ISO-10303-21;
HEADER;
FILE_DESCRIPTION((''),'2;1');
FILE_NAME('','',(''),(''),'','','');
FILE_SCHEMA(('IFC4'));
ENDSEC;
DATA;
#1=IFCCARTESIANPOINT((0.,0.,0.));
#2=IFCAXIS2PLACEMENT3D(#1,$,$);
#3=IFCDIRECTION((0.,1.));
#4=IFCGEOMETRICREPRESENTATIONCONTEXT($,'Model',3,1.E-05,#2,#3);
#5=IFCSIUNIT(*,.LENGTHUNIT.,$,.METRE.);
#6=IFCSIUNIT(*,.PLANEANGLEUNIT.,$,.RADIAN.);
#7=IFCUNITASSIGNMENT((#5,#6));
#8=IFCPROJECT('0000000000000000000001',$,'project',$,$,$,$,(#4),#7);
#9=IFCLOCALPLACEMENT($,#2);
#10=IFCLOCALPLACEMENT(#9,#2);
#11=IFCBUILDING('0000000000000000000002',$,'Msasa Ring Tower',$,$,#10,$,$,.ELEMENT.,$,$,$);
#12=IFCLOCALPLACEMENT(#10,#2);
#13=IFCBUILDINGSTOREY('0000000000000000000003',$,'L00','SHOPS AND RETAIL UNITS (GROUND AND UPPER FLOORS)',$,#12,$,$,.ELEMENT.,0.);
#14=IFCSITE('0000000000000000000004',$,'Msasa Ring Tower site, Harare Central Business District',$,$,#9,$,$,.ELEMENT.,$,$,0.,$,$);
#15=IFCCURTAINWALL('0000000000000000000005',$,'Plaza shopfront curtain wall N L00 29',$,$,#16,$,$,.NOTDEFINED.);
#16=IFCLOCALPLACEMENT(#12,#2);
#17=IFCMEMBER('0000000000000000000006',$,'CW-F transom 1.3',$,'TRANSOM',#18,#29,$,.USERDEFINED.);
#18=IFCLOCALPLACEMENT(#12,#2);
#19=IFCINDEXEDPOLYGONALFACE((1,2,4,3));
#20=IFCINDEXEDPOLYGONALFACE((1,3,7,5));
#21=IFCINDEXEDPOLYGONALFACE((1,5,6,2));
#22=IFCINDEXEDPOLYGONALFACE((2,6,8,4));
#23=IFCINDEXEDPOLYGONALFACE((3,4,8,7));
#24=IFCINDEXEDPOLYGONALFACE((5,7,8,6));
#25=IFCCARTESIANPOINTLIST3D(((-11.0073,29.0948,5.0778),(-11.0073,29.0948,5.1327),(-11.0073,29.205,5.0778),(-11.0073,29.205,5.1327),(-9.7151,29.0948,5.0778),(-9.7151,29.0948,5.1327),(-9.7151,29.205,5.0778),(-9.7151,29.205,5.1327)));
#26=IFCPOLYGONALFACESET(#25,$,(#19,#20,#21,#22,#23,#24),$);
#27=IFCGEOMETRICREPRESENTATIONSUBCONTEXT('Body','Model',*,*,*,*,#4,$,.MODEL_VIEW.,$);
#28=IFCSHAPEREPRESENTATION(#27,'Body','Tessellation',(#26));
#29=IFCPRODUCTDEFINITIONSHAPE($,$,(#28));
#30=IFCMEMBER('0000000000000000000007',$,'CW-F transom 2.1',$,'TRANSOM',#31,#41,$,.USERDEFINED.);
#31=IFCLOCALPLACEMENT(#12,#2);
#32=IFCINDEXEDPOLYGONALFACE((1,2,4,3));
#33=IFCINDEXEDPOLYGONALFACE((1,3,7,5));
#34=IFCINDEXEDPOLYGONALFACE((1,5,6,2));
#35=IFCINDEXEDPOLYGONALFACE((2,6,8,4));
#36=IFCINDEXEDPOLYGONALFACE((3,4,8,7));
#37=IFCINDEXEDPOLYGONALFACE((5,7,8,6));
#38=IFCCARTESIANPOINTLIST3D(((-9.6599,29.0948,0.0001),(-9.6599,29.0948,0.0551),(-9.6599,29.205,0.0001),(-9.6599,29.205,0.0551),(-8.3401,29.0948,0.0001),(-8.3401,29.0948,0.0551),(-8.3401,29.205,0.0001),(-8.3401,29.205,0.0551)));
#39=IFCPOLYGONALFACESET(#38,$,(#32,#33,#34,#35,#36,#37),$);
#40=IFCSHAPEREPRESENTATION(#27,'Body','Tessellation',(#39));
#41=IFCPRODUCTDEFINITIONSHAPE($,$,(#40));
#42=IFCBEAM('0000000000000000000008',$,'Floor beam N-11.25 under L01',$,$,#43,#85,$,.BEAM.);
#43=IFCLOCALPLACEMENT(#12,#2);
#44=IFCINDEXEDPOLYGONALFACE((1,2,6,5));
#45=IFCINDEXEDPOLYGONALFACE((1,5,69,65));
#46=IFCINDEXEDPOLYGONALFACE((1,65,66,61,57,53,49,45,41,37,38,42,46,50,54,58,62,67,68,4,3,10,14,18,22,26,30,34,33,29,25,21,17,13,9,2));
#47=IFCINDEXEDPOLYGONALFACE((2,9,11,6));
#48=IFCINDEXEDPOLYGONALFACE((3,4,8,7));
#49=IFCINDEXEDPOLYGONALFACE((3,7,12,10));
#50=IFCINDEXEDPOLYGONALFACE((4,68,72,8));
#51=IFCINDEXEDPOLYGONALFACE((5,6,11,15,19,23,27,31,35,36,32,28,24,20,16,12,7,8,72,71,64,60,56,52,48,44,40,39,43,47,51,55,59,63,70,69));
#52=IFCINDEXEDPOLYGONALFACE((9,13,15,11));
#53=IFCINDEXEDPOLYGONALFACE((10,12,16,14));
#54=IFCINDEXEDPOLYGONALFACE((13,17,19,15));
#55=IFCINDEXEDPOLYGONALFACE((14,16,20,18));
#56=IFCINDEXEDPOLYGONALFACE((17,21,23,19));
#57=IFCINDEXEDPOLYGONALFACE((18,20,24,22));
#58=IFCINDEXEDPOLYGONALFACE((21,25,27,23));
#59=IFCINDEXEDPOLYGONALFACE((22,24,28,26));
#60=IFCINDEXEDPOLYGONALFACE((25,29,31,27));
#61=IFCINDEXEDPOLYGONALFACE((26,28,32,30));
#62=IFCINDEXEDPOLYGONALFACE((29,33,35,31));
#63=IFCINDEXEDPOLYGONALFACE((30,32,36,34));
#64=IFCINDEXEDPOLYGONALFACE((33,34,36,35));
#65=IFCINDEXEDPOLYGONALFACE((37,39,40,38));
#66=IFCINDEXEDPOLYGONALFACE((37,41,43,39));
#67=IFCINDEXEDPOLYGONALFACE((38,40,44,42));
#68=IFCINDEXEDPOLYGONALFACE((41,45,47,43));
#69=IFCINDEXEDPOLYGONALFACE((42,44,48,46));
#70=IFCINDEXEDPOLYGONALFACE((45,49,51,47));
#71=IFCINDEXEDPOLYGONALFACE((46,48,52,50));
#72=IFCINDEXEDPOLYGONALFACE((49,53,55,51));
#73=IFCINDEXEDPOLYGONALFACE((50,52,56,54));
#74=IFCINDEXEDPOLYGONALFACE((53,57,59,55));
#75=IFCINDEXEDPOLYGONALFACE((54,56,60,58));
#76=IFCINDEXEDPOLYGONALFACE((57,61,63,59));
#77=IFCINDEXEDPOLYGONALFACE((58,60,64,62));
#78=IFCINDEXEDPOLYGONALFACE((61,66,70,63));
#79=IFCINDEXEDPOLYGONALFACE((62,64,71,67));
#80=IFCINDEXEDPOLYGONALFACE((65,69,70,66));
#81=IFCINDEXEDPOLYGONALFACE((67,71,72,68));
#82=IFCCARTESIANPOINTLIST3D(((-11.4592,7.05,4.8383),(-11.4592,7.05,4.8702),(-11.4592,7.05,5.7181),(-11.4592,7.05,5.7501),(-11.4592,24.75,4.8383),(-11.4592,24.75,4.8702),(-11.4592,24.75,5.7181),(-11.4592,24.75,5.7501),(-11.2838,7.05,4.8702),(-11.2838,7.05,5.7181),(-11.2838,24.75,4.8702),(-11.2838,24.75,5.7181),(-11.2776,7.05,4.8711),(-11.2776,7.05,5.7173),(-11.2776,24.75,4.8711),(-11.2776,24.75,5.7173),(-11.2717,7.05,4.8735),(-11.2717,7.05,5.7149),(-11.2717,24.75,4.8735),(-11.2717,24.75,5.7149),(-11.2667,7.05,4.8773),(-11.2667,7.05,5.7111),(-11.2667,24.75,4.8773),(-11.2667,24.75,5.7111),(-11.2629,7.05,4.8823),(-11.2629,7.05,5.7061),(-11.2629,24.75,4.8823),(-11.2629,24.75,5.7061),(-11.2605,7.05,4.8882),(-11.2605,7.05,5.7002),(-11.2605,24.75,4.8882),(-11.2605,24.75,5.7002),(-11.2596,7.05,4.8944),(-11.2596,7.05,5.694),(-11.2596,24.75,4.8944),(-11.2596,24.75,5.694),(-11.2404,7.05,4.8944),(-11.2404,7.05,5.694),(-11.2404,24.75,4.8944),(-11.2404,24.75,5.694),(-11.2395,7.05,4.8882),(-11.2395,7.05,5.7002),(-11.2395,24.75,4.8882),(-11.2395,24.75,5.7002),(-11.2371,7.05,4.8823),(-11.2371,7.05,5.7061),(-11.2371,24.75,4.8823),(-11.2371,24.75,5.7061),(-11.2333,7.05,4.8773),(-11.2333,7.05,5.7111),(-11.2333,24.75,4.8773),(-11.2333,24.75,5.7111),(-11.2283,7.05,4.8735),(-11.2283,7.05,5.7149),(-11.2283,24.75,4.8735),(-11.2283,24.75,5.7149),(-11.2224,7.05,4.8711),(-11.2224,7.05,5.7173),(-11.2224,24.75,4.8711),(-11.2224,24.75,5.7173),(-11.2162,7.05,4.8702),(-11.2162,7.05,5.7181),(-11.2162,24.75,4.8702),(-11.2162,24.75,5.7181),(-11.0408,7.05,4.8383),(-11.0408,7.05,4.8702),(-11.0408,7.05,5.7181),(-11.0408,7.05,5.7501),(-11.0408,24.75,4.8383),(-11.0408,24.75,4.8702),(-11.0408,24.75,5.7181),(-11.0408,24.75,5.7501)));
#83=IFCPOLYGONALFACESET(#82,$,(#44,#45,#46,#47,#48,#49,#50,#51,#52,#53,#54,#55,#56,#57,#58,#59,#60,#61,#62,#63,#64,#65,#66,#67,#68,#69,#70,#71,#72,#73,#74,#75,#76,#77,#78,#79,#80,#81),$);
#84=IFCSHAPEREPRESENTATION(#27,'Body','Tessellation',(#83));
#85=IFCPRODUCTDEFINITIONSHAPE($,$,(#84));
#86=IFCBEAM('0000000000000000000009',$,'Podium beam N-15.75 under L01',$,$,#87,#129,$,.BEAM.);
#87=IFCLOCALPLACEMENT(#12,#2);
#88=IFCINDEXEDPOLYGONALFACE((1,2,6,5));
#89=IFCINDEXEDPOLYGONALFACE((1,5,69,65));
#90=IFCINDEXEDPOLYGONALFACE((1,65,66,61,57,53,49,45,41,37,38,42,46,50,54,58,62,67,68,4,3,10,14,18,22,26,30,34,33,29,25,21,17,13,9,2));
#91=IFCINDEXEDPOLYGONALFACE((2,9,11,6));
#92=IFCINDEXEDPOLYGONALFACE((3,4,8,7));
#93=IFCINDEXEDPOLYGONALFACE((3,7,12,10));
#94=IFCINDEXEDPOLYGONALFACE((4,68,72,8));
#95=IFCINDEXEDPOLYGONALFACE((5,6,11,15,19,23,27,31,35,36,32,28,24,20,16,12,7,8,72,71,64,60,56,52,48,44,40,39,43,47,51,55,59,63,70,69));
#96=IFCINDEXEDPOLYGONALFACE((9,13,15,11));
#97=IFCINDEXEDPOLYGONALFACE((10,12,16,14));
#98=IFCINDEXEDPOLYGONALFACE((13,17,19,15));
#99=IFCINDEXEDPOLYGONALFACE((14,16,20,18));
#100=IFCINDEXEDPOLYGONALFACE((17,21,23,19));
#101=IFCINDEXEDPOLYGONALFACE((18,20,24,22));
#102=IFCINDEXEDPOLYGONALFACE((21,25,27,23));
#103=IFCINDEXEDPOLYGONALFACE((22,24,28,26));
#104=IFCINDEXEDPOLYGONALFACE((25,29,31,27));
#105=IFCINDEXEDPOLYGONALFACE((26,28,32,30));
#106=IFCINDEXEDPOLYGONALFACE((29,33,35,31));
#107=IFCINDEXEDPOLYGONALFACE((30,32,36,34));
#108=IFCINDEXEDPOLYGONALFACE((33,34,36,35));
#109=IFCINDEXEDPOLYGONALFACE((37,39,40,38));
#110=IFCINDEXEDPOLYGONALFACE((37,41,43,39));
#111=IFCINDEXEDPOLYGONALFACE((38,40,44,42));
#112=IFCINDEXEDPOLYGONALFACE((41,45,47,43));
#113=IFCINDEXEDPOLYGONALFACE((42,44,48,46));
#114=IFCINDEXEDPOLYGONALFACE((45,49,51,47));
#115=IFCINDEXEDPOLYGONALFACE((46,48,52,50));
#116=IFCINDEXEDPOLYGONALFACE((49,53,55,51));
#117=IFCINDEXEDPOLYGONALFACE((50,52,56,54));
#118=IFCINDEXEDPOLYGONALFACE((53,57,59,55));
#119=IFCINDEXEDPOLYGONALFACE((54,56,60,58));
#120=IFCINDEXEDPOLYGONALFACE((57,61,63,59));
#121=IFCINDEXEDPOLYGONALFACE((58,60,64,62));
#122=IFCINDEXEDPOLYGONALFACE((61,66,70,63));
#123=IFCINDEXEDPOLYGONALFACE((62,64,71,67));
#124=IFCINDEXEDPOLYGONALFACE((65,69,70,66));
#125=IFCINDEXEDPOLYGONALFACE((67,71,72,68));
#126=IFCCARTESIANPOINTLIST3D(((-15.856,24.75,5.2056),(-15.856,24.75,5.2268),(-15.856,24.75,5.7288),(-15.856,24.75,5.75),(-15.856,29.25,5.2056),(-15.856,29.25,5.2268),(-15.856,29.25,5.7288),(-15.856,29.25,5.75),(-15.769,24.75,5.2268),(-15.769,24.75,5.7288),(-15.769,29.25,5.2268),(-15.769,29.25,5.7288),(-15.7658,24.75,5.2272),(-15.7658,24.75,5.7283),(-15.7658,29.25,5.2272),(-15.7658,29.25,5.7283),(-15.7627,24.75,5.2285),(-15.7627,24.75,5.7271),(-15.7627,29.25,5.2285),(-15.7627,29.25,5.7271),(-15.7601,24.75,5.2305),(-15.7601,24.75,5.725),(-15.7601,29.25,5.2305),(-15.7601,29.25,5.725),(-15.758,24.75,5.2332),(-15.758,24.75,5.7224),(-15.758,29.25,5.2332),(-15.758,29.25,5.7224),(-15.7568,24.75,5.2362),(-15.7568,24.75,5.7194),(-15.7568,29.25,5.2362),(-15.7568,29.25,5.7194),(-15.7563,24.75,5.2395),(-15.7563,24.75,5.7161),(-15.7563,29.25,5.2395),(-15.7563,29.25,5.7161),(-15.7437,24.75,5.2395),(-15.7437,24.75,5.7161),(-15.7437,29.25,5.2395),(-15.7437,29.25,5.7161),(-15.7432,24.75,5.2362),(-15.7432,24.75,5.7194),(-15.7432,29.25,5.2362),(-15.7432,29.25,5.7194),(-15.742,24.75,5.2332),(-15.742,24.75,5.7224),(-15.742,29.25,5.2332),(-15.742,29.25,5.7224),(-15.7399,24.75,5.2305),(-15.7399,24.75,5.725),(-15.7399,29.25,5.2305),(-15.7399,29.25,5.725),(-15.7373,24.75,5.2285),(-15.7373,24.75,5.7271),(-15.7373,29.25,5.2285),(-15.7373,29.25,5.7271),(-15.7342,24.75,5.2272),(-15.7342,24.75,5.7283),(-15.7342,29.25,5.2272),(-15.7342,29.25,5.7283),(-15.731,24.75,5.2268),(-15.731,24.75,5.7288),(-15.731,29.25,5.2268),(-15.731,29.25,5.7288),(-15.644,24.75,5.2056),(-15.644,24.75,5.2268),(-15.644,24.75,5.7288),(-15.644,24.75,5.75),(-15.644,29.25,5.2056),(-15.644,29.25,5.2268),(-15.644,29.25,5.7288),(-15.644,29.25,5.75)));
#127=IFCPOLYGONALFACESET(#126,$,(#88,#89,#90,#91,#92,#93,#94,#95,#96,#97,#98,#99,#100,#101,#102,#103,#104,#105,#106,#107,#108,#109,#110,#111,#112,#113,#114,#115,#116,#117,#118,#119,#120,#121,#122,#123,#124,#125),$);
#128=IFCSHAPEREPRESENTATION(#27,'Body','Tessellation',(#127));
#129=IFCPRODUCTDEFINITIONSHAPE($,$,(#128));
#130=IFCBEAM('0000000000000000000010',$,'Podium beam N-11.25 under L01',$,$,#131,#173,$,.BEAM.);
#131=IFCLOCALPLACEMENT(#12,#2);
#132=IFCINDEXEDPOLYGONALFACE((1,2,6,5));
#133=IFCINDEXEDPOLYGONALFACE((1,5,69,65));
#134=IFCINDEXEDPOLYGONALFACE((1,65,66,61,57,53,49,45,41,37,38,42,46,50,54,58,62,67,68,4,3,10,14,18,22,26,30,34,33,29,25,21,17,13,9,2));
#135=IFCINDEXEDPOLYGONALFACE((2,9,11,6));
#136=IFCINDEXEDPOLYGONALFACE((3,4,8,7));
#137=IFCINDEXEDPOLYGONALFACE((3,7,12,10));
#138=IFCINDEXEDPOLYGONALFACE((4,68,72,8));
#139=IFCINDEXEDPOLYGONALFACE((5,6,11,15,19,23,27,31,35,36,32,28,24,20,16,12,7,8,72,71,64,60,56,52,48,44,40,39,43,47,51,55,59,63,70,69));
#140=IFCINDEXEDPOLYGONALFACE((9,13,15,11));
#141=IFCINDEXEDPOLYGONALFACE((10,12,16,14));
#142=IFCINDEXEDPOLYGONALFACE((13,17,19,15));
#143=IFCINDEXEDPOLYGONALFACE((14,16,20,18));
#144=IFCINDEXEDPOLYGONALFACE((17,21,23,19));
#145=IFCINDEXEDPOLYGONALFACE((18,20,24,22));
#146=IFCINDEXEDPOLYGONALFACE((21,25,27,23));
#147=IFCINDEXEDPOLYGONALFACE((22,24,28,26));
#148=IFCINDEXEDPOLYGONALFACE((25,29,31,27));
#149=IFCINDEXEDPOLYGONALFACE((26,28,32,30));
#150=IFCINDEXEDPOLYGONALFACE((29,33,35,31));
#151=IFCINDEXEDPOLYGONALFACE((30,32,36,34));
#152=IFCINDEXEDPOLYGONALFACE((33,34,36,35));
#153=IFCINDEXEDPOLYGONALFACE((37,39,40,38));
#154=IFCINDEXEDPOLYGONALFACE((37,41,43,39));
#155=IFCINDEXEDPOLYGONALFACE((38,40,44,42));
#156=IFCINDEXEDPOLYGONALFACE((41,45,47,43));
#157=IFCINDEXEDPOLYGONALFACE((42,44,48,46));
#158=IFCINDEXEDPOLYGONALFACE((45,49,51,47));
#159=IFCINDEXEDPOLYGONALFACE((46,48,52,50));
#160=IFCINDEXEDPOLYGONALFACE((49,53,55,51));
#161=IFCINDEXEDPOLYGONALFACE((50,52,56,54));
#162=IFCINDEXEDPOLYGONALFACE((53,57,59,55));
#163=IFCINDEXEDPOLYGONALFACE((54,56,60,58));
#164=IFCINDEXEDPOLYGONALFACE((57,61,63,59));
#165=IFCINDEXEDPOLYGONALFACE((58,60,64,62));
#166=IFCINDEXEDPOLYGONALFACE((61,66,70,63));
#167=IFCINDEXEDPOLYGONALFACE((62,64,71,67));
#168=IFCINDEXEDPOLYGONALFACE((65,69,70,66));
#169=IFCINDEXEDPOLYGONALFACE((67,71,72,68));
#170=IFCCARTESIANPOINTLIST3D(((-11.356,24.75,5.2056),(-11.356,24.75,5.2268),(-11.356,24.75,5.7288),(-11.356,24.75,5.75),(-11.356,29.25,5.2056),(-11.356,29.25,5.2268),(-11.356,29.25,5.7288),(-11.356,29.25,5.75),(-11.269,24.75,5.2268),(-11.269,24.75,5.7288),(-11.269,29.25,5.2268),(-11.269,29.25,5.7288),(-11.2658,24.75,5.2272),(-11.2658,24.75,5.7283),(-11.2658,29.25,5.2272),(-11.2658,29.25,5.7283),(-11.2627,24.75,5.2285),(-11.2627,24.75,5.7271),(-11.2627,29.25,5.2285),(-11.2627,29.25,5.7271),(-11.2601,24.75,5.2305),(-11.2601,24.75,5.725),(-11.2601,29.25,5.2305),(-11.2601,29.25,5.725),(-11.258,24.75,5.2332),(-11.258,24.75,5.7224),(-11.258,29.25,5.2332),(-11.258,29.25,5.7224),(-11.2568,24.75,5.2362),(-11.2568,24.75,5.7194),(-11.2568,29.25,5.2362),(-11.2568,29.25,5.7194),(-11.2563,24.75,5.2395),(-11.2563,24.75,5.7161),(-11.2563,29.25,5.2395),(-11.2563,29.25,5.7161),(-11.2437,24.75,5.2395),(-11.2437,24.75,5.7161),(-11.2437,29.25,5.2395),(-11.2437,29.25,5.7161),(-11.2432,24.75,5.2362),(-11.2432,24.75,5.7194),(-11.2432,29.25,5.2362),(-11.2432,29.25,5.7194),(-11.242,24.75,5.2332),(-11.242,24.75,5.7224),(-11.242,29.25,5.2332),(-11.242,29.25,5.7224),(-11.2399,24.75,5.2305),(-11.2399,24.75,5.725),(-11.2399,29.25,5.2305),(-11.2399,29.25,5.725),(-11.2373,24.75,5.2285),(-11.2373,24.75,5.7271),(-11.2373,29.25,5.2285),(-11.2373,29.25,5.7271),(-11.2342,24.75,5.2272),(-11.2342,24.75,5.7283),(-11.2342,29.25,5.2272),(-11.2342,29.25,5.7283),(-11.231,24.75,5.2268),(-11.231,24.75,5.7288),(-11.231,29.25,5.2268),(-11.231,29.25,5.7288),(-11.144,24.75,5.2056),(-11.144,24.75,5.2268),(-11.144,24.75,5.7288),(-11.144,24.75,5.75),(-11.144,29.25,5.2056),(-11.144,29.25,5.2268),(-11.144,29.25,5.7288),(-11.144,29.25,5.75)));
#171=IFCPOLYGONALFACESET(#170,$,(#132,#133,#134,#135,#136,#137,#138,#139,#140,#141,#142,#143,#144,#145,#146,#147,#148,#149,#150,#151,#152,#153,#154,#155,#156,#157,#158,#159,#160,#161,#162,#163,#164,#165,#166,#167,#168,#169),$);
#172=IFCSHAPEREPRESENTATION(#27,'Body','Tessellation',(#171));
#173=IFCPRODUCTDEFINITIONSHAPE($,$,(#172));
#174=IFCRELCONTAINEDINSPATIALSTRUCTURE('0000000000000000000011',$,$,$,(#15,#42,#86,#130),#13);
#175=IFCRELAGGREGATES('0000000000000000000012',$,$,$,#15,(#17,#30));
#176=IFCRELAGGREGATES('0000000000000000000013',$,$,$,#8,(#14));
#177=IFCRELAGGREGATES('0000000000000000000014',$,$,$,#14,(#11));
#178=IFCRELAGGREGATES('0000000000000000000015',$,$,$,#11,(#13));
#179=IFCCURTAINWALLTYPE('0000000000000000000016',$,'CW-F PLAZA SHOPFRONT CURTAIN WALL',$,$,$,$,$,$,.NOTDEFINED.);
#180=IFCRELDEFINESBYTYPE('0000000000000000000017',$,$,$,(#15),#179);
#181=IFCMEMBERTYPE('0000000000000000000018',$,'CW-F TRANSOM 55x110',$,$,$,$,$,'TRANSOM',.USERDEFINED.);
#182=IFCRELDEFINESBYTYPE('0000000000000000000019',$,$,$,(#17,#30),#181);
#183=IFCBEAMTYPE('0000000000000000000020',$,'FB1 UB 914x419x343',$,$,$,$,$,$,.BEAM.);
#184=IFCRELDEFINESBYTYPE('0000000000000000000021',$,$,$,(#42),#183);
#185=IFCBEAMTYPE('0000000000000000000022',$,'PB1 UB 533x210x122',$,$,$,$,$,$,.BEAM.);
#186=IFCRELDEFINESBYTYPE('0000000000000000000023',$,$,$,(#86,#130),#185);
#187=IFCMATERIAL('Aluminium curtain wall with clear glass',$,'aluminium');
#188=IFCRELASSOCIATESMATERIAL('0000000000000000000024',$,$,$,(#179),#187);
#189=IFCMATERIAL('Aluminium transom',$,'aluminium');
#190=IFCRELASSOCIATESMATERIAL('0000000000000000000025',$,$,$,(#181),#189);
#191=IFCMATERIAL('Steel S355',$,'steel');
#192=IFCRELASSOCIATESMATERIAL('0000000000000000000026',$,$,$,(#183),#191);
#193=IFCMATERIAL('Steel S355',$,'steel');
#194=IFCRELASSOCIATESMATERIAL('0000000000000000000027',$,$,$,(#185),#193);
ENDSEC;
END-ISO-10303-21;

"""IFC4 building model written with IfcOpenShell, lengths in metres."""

from ifc_helpers import new_model, si_unit, direction, frame, origin, origin_2d, place, context, subcontext, project, spatial, rectangle, i_section, extrude, material, material_profile, profile_set, type_object, element, aggregate, save


model = new_model("IFC4")

# Units and contexts
model_context = context("Model", 3, precision=1e-05, world=origin(), true_north=direction((0.0, 1.0)))
body_context = subcontext(model_context, "Body", "Model", "MODEL_VIEW")
ifc_project = project(units=[si_unit("LENGTHUNIT", "METRE"), si_unit("PLANEANGLEUNIT", "RADIAN")], contexts=[model_context])

# Site, building, storey
site_placement = place(None, origin())
site = spatial("IfcSite", under=ifc_project, at=site_placement, Name="Msasa Ring Tower site, Harare Central Business District", CompositionType="ELEMENT", RefElevation=0.0)
building_placement = place(site_placement, origin())
building = spatial("IfcBuilding", under=site, at=building_placement, Name="Msasa Ring Tower", CompositionType="ELEMENT")
storey_placement = place(building_placement, origin())
storey = spatial("IfcBuildingStorey", under=building, at=storey_placement, Name="L00", Description="SHOPS AND RETAIL UNITS (GROUND AND UPPER FLOORS)", CompositionType="ELEMENT", Elevation=0.0)

# Curtain wall
ifc_material_1 = material(Name="Aluminium curtain wall with clear glass", Category="aluminium")
curtain_wall_type = type_object("IfcCurtainWallType", Name="CW-F PLAZA SHOPFRONT CURTAIN WALL", PredefinedType="NOTDEFINED", material=ifc_material_1)
curtain_wall_1_placement = place(storey_placement, origin())
curtain_wall_1 = element("IfcCurtainWall", 1, at=curtain_wall_1_placement, inside=storey, type_object=curtain_wall_type, Name="Plaza shopfront curtain wall N L00 29", PredefinedType="NOTDEFINED")

# Members
ifc_material_2 = material(Name="Aluminium transom", Category="aluminium")
ifc_material_profile_1 = material_profile(ifc_material_2, rectangle(XDim=0.1101, YDim=0.0549, at=origin_2d()), Name="AL 55x110")
ifc_profile_set_1 = profile_set([ifc_material_profile_1], Name="Aluminium transom")
member_type_1 = type_object("IfcMemberType", Name="CW-F TRANSOM 55x110", ElementType="TRANSOM", PredefinedType="USERDEFINED", material=ifc_profile_set_1)
member_1_placement = place(storey_placement, frame((-11.0073, 29.1499, 5.1052), z_axis=(1.0, 0.0, 0.0), x_axis=(0.0, 1.0, 0.0)))
member_1 = element("IfcMember", 2, at=member_1_placement, type_object=member_type_1, Name="CW-F transom 1.3", ObjectType="TRANSOM", PredefinedType="USERDEFINED", context=body_context, shape_type="SweptSolid", body=[
    extrude(rectangle(XDim=0.1101, YDim=0.0549, at=origin_2d()), origin(), (0.0, 0.0, 1.0), 1.2922),
])
member_2_placement = place(storey_placement, frame((-9.6599, 29.1499, 0.0276), z_axis=(1.0, 0.0, 0.0), x_axis=(0.0, 1.0, 0.0)))
member_2 = element("IfcMember", 3, at=member_2_placement, type_object=member_type_1, Name="CW-F transom 2.1", ObjectType="TRANSOM", PredefinedType="USERDEFINED", context=body_context, shape_type="SweptSolid", body=[
    extrude(rectangle(XDim=0.1101, YDim=0.0549, at=origin_2d()), origin(), (0.0, 0.0, 1.0), 1.3198),
])

# Beams
ifc_material_3 = material(Name="Steel S355", Category="steel")
ifc_material_profile_2 = material_profile(ifc_material_3, i_section(OverallWidth=0.4185, OverallDepth=0.9119, WebThickness=0.0193, FlangeThickness=0.032, FilletRadius=0.0242, at=origin_2d()), Name="UB 914x419x343")
ifc_profile_set_2 = profile_set([ifc_material_profile_2], Name="Steel S355")
beam_type_1 = type_object("IfcBeamType", Name="FB1 UB 914x419x343", PredefinedType="BEAM", material=ifc_profile_set_2)
beam_1_placement = place(storey_placement, frame((-11.25, 24.75, 5.2942), z_axis=(0.0, -1.0, 0.0), x_axis=(1.0, 0.0, 0.0)))
element("IfcBeam", 4, at=beam_1_placement, inside=storey, type_object=beam_type_1, Name="Floor beam N-11.25 under L01", PredefinedType="BEAM", context=body_context, shape_type="SweptSolid", body=[
    extrude(i_section(OverallWidth=0.4185, OverallDepth=0.9119, WebThickness=0.0193, FlangeThickness=0.032, FilletRadius=0.0242, at=origin_2d()), origin(), (0.0, 0.0, 1.0), 17.7),
])
ifc_material_4 = material(Name="Steel S355", Category="steel")
ifc_material_profile_3 = material_profile(ifc_material_4, i_section(OverallWidth=0.2119, OverallDepth=0.5444, WebThickness=0.0127, FlangeThickness=0.0212, FilletRadius=0.0127, at=origin_2d()), Name="UB 533x210x122")
ifc_profile_set_3 = profile_set([ifc_material_profile_3], Name="Steel S355")
beam_type_2 = type_object("IfcBeamType", Name="PB1 UB 533x210x122", PredefinedType="BEAM", material=ifc_profile_set_3)
for number, where, z_axis, x_axis, name in (
    (5, (-15.75, 29.25, 5.4778), (0.0, -1.0, 0.0), (1.0, 0.0, 0.0), "Podium beam N-15.75 under L01"),
    (6, (-11.25, 29.25, 5.4778), (0.0, -1.0, 0.0), (1.0, 0.0, 0.0), "Podium beam N-11.25 under L01"),
):
    element("IfcBeam", number, at=place(storey_placement, frame(where, z_axis=z_axis, x_axis=x_axis)), inside=storey, type_object=beam_type_2, Name=name, PredefinedType="BEAM", context=body_context, shape_type="SweptSolid", body=[
        extrude(i_section(OverallWidth=0.2119, OverallDepth=0.5444, WebThickness=0.0127, FlangeThickness=0.0212, FilletRadius=0.0127, at=origin_2d()), origin(), (0.0, 0.0, 1.0), 4.5),
    ])

aggregate(curtain_wall_1, [member_1, member_2])

save(model, "model.ifc")
